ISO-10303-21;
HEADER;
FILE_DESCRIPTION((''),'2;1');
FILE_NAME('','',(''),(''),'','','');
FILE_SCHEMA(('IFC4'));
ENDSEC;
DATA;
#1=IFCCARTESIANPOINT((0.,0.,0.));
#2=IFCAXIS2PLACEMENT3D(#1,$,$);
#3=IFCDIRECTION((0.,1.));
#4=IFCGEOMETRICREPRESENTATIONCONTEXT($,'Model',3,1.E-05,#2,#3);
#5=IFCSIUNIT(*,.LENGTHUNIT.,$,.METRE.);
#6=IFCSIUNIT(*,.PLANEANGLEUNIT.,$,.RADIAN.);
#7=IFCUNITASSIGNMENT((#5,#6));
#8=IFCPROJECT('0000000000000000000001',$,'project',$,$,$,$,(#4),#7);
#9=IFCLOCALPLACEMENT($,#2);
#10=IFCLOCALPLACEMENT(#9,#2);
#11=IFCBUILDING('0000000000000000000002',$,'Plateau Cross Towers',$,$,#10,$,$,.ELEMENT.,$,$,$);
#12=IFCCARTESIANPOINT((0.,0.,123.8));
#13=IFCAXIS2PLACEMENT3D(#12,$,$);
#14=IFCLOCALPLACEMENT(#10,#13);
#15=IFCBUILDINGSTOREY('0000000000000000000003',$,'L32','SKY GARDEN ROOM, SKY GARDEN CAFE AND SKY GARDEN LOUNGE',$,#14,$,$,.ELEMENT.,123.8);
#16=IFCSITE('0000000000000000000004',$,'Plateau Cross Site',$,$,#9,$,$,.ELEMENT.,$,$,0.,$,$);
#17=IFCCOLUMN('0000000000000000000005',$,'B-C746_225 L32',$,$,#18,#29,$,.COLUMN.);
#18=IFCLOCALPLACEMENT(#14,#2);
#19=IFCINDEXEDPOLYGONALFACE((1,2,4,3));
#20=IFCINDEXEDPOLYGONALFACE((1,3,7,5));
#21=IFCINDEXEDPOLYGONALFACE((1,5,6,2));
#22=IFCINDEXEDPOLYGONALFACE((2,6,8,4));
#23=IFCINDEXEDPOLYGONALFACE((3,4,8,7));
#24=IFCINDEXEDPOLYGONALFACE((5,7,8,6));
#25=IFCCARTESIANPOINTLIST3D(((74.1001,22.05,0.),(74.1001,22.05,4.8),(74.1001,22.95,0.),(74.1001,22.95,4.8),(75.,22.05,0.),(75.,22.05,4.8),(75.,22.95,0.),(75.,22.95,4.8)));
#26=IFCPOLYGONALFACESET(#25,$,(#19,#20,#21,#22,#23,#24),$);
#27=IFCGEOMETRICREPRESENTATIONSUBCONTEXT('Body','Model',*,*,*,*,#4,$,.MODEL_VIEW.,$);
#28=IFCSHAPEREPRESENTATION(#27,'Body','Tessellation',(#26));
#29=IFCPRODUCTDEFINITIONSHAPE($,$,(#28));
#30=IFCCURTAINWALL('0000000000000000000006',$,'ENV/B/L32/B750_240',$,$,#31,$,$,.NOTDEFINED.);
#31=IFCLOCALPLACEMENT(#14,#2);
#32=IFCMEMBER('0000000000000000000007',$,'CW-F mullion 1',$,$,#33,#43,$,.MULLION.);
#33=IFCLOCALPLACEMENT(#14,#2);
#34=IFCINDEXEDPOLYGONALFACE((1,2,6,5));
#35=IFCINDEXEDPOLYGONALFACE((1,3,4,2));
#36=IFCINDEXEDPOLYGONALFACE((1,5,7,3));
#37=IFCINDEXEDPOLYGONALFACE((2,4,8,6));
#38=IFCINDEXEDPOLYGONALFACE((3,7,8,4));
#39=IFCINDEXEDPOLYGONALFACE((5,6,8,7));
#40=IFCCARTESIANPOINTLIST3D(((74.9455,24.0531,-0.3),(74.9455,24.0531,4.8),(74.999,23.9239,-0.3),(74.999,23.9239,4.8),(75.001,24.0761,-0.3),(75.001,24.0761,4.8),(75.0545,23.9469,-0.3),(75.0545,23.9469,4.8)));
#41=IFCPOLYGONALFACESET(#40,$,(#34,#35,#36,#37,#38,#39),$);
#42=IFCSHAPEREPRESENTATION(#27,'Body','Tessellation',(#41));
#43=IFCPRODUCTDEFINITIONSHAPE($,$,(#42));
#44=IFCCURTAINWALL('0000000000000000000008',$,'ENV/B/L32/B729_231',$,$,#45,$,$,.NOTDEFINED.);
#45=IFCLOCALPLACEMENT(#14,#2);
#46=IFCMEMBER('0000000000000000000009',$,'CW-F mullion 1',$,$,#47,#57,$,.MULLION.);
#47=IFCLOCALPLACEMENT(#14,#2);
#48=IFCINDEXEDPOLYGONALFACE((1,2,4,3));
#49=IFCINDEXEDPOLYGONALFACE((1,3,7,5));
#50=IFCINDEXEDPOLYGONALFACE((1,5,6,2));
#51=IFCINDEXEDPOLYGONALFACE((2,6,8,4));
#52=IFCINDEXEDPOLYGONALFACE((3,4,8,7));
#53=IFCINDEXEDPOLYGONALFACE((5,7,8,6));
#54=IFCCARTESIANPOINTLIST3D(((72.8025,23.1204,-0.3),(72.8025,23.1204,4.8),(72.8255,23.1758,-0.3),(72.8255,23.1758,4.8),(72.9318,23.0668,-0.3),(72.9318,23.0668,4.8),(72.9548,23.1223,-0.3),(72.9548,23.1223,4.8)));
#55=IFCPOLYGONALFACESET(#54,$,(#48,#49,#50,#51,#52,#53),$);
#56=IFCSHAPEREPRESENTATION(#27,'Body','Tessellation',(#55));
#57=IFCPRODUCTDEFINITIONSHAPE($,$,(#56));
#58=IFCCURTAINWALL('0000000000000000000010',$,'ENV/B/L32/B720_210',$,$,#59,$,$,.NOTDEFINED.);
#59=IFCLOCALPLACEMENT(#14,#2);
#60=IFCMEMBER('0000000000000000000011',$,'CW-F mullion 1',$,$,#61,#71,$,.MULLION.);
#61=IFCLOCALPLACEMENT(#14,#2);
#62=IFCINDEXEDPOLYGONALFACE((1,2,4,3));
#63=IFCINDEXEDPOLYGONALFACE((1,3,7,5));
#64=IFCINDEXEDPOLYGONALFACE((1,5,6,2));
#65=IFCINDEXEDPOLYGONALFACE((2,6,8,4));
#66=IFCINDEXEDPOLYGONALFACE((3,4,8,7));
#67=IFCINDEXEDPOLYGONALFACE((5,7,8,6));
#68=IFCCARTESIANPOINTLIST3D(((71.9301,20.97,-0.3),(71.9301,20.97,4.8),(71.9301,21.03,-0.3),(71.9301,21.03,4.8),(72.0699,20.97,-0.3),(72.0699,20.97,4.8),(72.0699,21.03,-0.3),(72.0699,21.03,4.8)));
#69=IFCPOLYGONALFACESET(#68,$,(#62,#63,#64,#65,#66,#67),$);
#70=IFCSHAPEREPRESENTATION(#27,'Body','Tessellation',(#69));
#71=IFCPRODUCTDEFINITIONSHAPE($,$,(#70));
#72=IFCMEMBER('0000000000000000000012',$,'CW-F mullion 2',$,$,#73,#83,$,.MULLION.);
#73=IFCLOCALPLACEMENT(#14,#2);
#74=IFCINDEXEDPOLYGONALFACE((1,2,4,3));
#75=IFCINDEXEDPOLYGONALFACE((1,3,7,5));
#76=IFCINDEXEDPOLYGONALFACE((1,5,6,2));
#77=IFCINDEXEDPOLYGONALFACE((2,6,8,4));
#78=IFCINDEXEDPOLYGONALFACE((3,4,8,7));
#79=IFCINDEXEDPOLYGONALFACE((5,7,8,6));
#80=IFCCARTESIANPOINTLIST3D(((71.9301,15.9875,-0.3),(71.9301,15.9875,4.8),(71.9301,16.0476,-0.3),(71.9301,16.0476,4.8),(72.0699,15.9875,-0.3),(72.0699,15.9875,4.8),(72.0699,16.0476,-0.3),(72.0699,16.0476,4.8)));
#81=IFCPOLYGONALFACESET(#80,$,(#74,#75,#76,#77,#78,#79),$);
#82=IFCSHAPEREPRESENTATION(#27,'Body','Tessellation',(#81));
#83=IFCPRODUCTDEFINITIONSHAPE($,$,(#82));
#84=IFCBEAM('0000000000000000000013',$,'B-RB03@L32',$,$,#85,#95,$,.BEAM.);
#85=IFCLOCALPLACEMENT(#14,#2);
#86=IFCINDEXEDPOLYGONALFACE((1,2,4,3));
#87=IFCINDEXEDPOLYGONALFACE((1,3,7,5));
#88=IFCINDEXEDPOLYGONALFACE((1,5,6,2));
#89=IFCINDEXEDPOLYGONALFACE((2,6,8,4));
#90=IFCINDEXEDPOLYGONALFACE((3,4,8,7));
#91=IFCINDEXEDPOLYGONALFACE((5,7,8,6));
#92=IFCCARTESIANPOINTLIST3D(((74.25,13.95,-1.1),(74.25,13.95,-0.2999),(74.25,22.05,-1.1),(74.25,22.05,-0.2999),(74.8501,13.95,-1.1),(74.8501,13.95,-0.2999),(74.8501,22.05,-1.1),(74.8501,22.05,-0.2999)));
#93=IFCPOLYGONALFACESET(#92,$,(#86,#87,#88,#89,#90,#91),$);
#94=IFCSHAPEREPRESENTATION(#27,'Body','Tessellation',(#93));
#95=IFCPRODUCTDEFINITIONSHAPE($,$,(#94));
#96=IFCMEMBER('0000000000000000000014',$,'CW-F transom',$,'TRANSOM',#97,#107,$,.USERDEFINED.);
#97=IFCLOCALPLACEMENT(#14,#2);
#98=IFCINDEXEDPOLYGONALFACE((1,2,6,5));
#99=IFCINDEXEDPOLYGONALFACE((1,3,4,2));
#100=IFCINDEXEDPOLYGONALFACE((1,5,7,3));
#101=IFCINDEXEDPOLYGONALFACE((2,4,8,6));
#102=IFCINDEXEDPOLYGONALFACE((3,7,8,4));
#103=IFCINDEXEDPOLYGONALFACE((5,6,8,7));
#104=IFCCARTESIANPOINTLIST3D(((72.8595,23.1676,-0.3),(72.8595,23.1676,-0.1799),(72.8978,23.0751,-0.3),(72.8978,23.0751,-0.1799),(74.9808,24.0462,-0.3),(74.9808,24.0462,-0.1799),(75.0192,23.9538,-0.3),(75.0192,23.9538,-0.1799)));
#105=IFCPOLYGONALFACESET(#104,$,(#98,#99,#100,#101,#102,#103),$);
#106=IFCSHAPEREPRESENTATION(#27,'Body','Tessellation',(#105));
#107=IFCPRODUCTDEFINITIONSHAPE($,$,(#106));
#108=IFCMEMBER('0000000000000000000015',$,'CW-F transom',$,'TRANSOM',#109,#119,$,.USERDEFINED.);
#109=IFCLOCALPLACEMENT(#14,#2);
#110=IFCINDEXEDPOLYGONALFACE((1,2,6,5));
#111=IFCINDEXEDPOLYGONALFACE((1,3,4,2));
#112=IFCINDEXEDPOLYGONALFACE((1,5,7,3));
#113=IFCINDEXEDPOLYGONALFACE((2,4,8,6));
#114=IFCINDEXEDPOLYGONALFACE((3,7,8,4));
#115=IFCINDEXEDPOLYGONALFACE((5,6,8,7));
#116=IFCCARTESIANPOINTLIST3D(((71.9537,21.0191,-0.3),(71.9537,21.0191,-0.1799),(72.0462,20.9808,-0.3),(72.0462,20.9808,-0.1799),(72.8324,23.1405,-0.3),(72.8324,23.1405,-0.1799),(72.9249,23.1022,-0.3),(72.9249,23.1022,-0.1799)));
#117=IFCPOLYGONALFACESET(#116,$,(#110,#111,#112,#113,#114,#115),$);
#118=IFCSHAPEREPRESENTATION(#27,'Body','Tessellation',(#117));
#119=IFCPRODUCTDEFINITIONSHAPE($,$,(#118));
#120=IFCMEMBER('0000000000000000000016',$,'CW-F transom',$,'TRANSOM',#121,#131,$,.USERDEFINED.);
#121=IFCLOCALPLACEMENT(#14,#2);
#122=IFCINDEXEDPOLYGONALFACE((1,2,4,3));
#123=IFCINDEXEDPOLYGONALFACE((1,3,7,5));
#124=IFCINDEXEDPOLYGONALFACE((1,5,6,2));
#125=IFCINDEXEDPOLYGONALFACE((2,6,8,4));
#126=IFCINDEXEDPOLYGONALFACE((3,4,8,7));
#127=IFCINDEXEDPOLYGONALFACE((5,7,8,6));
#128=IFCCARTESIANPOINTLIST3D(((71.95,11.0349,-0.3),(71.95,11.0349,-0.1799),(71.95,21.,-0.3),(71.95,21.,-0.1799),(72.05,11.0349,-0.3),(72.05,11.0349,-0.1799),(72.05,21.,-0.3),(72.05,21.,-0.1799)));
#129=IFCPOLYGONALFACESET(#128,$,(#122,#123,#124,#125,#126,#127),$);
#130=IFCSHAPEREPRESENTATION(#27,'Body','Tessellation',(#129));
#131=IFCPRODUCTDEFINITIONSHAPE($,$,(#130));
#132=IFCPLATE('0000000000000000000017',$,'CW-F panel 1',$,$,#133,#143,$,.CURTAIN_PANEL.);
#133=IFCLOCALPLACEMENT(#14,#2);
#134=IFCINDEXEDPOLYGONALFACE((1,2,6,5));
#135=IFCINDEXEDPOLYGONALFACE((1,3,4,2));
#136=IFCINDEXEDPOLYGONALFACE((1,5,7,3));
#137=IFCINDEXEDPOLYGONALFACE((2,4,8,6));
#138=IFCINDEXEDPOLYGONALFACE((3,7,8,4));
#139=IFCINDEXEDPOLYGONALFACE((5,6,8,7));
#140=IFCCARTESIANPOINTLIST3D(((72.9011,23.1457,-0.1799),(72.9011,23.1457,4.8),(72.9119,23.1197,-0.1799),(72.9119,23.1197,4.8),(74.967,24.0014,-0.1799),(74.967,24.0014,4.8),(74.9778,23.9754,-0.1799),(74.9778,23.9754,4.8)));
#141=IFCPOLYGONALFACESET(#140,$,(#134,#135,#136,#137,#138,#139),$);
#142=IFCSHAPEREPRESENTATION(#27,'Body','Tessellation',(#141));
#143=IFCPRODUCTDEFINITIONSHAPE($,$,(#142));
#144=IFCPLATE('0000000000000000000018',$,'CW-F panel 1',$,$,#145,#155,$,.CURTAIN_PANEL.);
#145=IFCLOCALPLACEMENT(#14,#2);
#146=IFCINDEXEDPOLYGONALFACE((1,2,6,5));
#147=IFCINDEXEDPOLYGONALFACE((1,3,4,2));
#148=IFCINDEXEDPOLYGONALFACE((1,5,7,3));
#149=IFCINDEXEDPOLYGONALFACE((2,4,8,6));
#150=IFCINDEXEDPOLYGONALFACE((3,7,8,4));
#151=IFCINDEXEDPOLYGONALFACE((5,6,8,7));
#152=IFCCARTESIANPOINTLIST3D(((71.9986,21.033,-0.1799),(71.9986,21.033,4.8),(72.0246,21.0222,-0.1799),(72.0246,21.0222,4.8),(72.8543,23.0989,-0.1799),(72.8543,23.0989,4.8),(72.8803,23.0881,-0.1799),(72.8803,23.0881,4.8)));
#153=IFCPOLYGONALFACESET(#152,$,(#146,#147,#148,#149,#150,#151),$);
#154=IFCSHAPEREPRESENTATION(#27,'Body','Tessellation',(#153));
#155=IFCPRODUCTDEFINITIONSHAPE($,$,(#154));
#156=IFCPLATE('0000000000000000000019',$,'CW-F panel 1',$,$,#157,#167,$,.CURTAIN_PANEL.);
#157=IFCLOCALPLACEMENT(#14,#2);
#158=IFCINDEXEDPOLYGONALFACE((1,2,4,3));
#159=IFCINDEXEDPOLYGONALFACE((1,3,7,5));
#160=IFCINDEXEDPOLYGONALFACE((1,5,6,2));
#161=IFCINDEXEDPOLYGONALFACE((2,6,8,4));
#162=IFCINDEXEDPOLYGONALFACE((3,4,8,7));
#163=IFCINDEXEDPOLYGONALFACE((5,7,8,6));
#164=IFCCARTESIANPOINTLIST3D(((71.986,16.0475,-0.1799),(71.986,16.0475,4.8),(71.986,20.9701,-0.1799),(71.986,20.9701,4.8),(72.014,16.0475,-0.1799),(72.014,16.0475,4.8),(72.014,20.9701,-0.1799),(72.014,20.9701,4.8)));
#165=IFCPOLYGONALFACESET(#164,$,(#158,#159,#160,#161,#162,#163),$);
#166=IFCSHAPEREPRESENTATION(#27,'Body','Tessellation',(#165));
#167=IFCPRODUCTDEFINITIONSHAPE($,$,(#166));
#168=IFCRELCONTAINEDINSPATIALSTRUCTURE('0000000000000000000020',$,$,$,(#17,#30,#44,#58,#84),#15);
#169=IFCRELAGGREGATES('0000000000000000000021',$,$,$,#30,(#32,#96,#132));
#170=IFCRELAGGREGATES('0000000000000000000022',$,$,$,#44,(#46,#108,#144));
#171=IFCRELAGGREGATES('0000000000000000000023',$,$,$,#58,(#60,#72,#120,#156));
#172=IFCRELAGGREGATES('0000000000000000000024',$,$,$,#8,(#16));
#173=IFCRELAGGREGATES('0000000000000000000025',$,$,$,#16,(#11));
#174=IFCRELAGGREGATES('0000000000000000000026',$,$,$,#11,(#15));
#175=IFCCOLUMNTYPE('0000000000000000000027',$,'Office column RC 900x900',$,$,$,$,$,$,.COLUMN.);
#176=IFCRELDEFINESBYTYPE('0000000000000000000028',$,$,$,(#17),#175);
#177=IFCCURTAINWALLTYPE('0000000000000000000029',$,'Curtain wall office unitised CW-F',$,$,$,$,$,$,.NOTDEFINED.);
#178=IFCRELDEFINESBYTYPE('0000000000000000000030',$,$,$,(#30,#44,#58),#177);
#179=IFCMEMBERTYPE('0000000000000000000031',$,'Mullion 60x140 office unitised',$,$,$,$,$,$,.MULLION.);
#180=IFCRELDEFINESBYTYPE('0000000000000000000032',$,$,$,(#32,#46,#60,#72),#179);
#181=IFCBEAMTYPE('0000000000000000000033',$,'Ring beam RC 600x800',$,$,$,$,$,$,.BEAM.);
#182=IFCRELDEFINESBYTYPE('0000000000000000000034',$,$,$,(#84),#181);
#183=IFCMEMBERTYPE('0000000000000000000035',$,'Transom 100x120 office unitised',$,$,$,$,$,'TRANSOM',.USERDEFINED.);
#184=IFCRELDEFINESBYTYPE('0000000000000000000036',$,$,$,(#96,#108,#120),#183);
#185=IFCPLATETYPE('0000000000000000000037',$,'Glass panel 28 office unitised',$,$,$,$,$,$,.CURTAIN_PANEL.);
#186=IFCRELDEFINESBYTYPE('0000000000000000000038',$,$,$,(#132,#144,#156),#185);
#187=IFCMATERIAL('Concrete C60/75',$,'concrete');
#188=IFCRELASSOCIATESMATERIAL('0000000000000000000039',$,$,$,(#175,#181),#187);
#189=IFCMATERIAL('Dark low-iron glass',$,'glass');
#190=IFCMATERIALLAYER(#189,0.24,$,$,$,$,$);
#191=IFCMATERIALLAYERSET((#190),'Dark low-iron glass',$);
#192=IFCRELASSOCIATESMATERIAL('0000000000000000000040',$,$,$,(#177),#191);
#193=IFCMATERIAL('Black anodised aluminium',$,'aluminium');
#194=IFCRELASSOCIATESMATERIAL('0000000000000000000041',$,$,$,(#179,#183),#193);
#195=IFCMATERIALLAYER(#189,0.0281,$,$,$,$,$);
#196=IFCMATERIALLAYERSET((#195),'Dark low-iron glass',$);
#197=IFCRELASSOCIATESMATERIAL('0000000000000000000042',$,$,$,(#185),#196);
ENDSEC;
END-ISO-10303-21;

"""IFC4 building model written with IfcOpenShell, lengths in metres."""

from ifc_helpers import new_model, si_unit, direction, frame, origin, origin_2d, place, context, subcontext, project, spatial, rectangle, extrude, material, layer, layer_set, material_profile, profile_set, type_object, element, aggregate, save


model = new_model("IFC4")

# Units and contexts
model_context = context("Model", 3, precision=1e-05, world=origin(), true_north=direction((0.0, 1.0)))
body_context = subcontext(model_context, "Body", "Model", "MODEL_VIEW")
ifc_project = project(units=[si_unit("LENGTHUNIT", "METRE"), si_unit("PLANEANGLEUNIT", "RADIAN")], contexts=[model_context])

# Site, building, storey
site_placement = place(None, origin())
site = spatial("IfcSite", under=ifc_project, at=site_placement, Name="Plateau Cross Site", CompositionType="ELEMENT", RefElevation=0.0)
building_placement = place(site_placement, origin())
building = spatial("IfcBuilding", under=site, at=building_placement, Name="Plateau Cross Towers", CompositionType="ELEMENT")
storey_placement = place(building_placement, frame((0.0, 0.0, 123.8)))
storey = spatial("IfcBuildingStorey", under=building, at=storey_placement, Name="L32", Description="SKY GARDEN ROOM, SKY GARDEN CAFE AND SKY GARDEN LOUNGE", CompositionType="ELEMENT", Elevation=123.8)

# Column
ifc_material_1 = material(Name="Concrete C60/75", Category="concrete")
ifc_material_profile_1 = material_profile(ifc_material_1, rectangle(XDim=0.8999, YDim=0.8999, at=origin_2d()), Name="RC 900x900")
ifc_profile_set_1 = profile_set([ifc_material_profile_1], Name="Concrete C60/75")
column_type = type_object("IfcColumnType", Name="Office column RC 900x900", PredefinedType="COLUMN", material=ifc_profile_set_1)
column_placement = place(storey_placement, frame((74.55, 22.5, 0.0), z_axis=(0.0, 0.0, 1.0), x_axis=(1.0, 0.0, 0.0)))
element("IfcColumn", 1, at=column_placement, inside=storey, type_object=column_type, Name="B-C746_225 L32", PredefinedType="COLUMN", context=body_context, shape_type="SweptSolid", body=[
    extrude(rectangle(XDim=0.8999, YDim=0.8999, at=origin_2d()), origin(), (0.0, 0.0, 1.0), 4.8),
])

# Curtain walls, members
ifc_material_2 = material(Name="Dark low-iron glass", Category="glass")
ifc_layer_1 = layer(ifc_material_2, 0.24)
ifc_layer_set_1 = layer_set([ifc_layer_1], Name="Dark low-iron glass")
curtain_wall_type = type_object("IfcCurtainWallType", Name="Curtain wall office unitised CW-F", PredefinedType="NOTDEFINED", material=ifc_layer_set_1)
curtain_wall_1_placement = place(storey_placement, origin())
curtain_wall_1 = element("IfcCurtainWall", 2, at=curtain_wall_1_placement, inside=storey, type_object=curtain_wall_type, Name="ENV/B/L32/B750_240", PredefinedType="NOTDEFINED")
ifc_material_3 = material(Name="Black anodised aluminium", Category="aluminium")
ifc_material_profile_2 = material_profile(ifc_material_3, rectangle(XDim=0.0601, YDim=0.1399, at=origin_2d()), Name="MULLION 60x140")
ifc_profile_set_2 = profile_set([ifc_material_profile_2], Name="Black anodised aluminium")
member_type_1 = type_object("IfcMemberType", Name="Mullion 60x140 office unitised", PredefinedType="MULLION", material=ifc_profile_set_2)
member_1_placement = place(storey_placement, frame((75.0, 24.0, -0.3), z_axis=(0.0, 0.0, 1.0), x_axis=(-0.923879, -0.382684, 0.0)))
member_1 = element("IfcMember", 3, at=member_1_placement, type_object=member_type_1, Name="CW-F mullion 1", PredefinedType="MULLION", context=body_context, shape_type="SweptSolid", body=[
    extrude(rectangle(XDim=0.0601, YDim=0.1399, at=origin_2d()), origin(), (0.0, 0.0, 1.0), 5.1001),
])
curtain_wall_2_placement = place(storey_placement, origin())
curtain_wall_2 = element("IfcCurtainWall", 4, at=curtain_wall_2_placement, inside=storey, type_object=curtain_wall_type, Name="ENV/B/L32/B729_231", PredefinedType="NOTDEFINED")
member_2_placement = place(storey_placement, frame((72.8787, 23.1213, -0.3), z_axis=(0.0, 0.0, 1.0), x_axis=(-0.382684, -0.923879, 0.0)))
member_2 = element("IfcMember", 5, at=member_2_placement, type_object=member_type_1, Name="CW-F mullion 1", PredefinedType="MULLION", context=body_context, shape_type="SweptSolid", body=[
    extrude(rectangle(XDim=0.0601, YDim=0.1399, at=origin_2d()), origin(), (0.0, 0.0, 1.0), 5.1001),
])

# Curtain wall, members
curtain_wall_3_placement = place(storey_placement, origin())
curtain_wall_3 = element("IfcCurtainWall", 6, at=curtain_wall_3_placement, inside=storey, type_object=curtain_wall_type, Name="ENV/B/L32/B720_210", PredefinedType="NOTDEFINED")
member_3_placement = place(storey_placement, frame((72.0, 21.0, -0.3), z_axis=(0.0, 0.0, 1.0), x_axis=(0.0, -1.0, 0.0)))
member_3 = element("IfcMember", 7, at=member_3_placement, type_object=member_type_1, Name="CW-F mullion 1", PredefinedType="MULLION", context=body_context, shape_type="SweptSolid", body=[
    extrude(rectangle(XDim=0.0601, YDim=0.1399, at=origin_2d()), origin(), (0.0, 0.0, 1.0), 5.1001),
])
member_4_placement = place(storey_placement, frame((72.0, 16.0176, -0.3), z_axis=(0.0, 0.0, 1.0), x_axis=(0.0, -1.0, 0.0)))
member_4 = element("IfcMember", 8, at=member_4_placement, type_object=member_type_1, Name="CW-F mullion 2", PredefinedType="MULLION", context=body_context, shape_type="SweptSolid", body=[
    extrude(rectangle(XDim=0.0601, YDim=0.1399, at=origin_2d()), origin(), (0.0, 0.0, 1.0), 5.1001),
])

# Beam
ifc_material_profile_3 = material_profile(ifc_material_1, rectangle(XDim=0.6001, YDim=0.8, at=origin_2d()), Name="RC 600x800")
ifc_profile_set_3 = profile_set([ifc_material_profile_3], Name="Concrete C60/75")
beam_type = type_object("IfcBeamType", Name="Ring beam RC 600x800", PredefinedType="BEAM", material=ifc_profile_set_3)
beam_placement = place(storey_placement, frame((74.55, 22.05, -0.7), z_axis=(0.0, -1.0, 0.0), x_axis=(1.0, 0.0, 0.0)))
element("IfcBeam", 9, at=beam_placement, inside=storey, type_object=beam_type, Name="B-RB03@L32", PredefinedType="BEAM", context=body_context, shape_type="SweptSolid", body=[
    extrude(rectangle(XDim=0.6001, YDim=0.8, at=origin_2d()), origin(), (0.0, 0.0, 1.0), 8.1001),
])

# Members
ifc_material_profile_4 = material_profile(ifc_material_3, rectangle(XDim=0.1001, YDim=0.1201, at=origin_2d()), Name="TRANSOM 100x120")
ifc_profile_set_4 = profile_set([ifc_material_profile_4], Name="Black anodised aluminium")
member_type_2 = type_object("IfcMemberType", Name="Transom 100x120 office unitised", ElementType="TRANSOM", PredefinedType="USERDEFINED", material=ifc_profile_set_4)
member_5_placement = place(storey_placement, frame((75.0, 24.0, -0.24), z_axis=(-0.923883, -0.382674, 0.0), x_axis=(0.382674, -0.923883, 0.0)))
member_5 = element("IfcMember", 10, at=member_5_placement, type_object=member_type_2, Name="CW-F transom", ObjectType="TRANSOM", PredefinedType="USERDEFINED", context=body_context, shape_type="SweptSolid", body=[
    extrude(rectangle(XDim=0.1001, YDim=0.1201, at=origin_2d()), origin(), (0.0, 0.0, 1.0), 2.2961),
])
member_6_placement = place(storey_placement, frame((72.8787, 23.1213, -0.24), z_axis=(-0.382674, -0.923883, 0.0), x_axis=(0.923883, -0.382674, 0.0)))
member_6 = element("IfcMember", 11, at=member_6_placement, type_object=member_type_2, Name="CW-F transom", ObjectType="TRANSOM", PredefinedType="USERDEFINED", context=body_context, shape_type="SweptSolid", body=[
    extrude(rectangle(XDim=0.1001, YDim=0.1201, at=origin_2d()), origin(), (0.0, 0.0, 1.0), 2.2961),
])
member_7_placement = place(storey_placement, frame((72.0, 21.0, -0.24), z_axis=(0.0, -1.0, 0.0), x_axis=(1.0, 0.0, 0.0)))
member_7 = element("IfcMember", 12, at=member_7_placement, type_object=member_type_2, Name="CW-F transom", ObjectType="TRANSOM", PredefinedType="USERDEFINED", context=body_context, shape_type="SweptSolid", body=[
    extrude(rectangle(XDim=0.1001, YDim=0.1201, at=origin_2d()), origin(), (0.0, 0.0, 1.0), 9.9651),
])

# Plates
ifc_layer_2 = layer(ifc_material_2, 0.0281)
ifc_layer_set_2 = layer_set([ifc_layer_2], Name="Dark low-iron glass")
plate_type = type_object("IfcPlateType", Name="Glass panel 28 office unitised", PredefinedType="CURTAIN_PANEL", material=ifc_layer_set_2)
plate_1_placement = place(storey_placement, frame((73.9395, 23.5605, -0.1799), z_axis=(0.0, 0.0, 1.0), x_axis=(-0.923879, -0.382684, 0.0)))
plate_1 = element("IfcPlate", 13, at=plate_1_placement, type_object=plate_type, Name="CW-F panel 1", PredefinedType="CURTAIN_PANEL", context=body_context, shape_type="SweptSolid", body=[
    extrude(rectangle(XDim=2.2361, YDim=0.0281, at=origin_2d()), origin(), (0.0, 0.0, 1.0), 4.98),
])
aggregate(curtain_wall_1, [member_1, member_5, plate_1])
plate_2_placement = place(storey_placement, frame((72.4395, 22.0605, -0.1799), z_axis=(0.0, 0.0, 1.0), x_axis=(-0.382684, -0.923879, 0.0)))
plate_2 = element("IfcPlate", 14, at=plate_2_placement, type_object=plate_type, Name="CW-F panel 1", PredefinedType="CURTAIN_PANEL", context=body_context, shape_type="SweptSolid", body=[
    extrude(rectangle(XDim=2.2361, YDim=0.0281, at=origin_2d()), origin(), (0.0, 0.0, 1.0), 4.98),
])
aggregate(curtain_wall_2, [member_2, member_6, plate_2])
plate_3_placement = place(storey_placement, frame((72.0, 18.5088, -0.1799), z_axis=(0.0, 0.0, 1.0), x_axis=(0.0, -1.0, 0.0)))
plate_3 = element("IfcPlate", 15, at=plate_3_placement, type_object=plate_type, Name="CW-F panel 1", PredefinedType="CURTAIN_PANEL", context=body_context, shape_type="SweptSolid", body=[
    extrude(rectangle(XDim=4.9226, YDim=0.0281, at=origin_2d()), origin(), (0.0, 0.0, 1.0), 4.98),
])
aggregate(curtain_wall_3, [member_3, member_4, member_7, plate_3])

save(model, "model.ifc")
